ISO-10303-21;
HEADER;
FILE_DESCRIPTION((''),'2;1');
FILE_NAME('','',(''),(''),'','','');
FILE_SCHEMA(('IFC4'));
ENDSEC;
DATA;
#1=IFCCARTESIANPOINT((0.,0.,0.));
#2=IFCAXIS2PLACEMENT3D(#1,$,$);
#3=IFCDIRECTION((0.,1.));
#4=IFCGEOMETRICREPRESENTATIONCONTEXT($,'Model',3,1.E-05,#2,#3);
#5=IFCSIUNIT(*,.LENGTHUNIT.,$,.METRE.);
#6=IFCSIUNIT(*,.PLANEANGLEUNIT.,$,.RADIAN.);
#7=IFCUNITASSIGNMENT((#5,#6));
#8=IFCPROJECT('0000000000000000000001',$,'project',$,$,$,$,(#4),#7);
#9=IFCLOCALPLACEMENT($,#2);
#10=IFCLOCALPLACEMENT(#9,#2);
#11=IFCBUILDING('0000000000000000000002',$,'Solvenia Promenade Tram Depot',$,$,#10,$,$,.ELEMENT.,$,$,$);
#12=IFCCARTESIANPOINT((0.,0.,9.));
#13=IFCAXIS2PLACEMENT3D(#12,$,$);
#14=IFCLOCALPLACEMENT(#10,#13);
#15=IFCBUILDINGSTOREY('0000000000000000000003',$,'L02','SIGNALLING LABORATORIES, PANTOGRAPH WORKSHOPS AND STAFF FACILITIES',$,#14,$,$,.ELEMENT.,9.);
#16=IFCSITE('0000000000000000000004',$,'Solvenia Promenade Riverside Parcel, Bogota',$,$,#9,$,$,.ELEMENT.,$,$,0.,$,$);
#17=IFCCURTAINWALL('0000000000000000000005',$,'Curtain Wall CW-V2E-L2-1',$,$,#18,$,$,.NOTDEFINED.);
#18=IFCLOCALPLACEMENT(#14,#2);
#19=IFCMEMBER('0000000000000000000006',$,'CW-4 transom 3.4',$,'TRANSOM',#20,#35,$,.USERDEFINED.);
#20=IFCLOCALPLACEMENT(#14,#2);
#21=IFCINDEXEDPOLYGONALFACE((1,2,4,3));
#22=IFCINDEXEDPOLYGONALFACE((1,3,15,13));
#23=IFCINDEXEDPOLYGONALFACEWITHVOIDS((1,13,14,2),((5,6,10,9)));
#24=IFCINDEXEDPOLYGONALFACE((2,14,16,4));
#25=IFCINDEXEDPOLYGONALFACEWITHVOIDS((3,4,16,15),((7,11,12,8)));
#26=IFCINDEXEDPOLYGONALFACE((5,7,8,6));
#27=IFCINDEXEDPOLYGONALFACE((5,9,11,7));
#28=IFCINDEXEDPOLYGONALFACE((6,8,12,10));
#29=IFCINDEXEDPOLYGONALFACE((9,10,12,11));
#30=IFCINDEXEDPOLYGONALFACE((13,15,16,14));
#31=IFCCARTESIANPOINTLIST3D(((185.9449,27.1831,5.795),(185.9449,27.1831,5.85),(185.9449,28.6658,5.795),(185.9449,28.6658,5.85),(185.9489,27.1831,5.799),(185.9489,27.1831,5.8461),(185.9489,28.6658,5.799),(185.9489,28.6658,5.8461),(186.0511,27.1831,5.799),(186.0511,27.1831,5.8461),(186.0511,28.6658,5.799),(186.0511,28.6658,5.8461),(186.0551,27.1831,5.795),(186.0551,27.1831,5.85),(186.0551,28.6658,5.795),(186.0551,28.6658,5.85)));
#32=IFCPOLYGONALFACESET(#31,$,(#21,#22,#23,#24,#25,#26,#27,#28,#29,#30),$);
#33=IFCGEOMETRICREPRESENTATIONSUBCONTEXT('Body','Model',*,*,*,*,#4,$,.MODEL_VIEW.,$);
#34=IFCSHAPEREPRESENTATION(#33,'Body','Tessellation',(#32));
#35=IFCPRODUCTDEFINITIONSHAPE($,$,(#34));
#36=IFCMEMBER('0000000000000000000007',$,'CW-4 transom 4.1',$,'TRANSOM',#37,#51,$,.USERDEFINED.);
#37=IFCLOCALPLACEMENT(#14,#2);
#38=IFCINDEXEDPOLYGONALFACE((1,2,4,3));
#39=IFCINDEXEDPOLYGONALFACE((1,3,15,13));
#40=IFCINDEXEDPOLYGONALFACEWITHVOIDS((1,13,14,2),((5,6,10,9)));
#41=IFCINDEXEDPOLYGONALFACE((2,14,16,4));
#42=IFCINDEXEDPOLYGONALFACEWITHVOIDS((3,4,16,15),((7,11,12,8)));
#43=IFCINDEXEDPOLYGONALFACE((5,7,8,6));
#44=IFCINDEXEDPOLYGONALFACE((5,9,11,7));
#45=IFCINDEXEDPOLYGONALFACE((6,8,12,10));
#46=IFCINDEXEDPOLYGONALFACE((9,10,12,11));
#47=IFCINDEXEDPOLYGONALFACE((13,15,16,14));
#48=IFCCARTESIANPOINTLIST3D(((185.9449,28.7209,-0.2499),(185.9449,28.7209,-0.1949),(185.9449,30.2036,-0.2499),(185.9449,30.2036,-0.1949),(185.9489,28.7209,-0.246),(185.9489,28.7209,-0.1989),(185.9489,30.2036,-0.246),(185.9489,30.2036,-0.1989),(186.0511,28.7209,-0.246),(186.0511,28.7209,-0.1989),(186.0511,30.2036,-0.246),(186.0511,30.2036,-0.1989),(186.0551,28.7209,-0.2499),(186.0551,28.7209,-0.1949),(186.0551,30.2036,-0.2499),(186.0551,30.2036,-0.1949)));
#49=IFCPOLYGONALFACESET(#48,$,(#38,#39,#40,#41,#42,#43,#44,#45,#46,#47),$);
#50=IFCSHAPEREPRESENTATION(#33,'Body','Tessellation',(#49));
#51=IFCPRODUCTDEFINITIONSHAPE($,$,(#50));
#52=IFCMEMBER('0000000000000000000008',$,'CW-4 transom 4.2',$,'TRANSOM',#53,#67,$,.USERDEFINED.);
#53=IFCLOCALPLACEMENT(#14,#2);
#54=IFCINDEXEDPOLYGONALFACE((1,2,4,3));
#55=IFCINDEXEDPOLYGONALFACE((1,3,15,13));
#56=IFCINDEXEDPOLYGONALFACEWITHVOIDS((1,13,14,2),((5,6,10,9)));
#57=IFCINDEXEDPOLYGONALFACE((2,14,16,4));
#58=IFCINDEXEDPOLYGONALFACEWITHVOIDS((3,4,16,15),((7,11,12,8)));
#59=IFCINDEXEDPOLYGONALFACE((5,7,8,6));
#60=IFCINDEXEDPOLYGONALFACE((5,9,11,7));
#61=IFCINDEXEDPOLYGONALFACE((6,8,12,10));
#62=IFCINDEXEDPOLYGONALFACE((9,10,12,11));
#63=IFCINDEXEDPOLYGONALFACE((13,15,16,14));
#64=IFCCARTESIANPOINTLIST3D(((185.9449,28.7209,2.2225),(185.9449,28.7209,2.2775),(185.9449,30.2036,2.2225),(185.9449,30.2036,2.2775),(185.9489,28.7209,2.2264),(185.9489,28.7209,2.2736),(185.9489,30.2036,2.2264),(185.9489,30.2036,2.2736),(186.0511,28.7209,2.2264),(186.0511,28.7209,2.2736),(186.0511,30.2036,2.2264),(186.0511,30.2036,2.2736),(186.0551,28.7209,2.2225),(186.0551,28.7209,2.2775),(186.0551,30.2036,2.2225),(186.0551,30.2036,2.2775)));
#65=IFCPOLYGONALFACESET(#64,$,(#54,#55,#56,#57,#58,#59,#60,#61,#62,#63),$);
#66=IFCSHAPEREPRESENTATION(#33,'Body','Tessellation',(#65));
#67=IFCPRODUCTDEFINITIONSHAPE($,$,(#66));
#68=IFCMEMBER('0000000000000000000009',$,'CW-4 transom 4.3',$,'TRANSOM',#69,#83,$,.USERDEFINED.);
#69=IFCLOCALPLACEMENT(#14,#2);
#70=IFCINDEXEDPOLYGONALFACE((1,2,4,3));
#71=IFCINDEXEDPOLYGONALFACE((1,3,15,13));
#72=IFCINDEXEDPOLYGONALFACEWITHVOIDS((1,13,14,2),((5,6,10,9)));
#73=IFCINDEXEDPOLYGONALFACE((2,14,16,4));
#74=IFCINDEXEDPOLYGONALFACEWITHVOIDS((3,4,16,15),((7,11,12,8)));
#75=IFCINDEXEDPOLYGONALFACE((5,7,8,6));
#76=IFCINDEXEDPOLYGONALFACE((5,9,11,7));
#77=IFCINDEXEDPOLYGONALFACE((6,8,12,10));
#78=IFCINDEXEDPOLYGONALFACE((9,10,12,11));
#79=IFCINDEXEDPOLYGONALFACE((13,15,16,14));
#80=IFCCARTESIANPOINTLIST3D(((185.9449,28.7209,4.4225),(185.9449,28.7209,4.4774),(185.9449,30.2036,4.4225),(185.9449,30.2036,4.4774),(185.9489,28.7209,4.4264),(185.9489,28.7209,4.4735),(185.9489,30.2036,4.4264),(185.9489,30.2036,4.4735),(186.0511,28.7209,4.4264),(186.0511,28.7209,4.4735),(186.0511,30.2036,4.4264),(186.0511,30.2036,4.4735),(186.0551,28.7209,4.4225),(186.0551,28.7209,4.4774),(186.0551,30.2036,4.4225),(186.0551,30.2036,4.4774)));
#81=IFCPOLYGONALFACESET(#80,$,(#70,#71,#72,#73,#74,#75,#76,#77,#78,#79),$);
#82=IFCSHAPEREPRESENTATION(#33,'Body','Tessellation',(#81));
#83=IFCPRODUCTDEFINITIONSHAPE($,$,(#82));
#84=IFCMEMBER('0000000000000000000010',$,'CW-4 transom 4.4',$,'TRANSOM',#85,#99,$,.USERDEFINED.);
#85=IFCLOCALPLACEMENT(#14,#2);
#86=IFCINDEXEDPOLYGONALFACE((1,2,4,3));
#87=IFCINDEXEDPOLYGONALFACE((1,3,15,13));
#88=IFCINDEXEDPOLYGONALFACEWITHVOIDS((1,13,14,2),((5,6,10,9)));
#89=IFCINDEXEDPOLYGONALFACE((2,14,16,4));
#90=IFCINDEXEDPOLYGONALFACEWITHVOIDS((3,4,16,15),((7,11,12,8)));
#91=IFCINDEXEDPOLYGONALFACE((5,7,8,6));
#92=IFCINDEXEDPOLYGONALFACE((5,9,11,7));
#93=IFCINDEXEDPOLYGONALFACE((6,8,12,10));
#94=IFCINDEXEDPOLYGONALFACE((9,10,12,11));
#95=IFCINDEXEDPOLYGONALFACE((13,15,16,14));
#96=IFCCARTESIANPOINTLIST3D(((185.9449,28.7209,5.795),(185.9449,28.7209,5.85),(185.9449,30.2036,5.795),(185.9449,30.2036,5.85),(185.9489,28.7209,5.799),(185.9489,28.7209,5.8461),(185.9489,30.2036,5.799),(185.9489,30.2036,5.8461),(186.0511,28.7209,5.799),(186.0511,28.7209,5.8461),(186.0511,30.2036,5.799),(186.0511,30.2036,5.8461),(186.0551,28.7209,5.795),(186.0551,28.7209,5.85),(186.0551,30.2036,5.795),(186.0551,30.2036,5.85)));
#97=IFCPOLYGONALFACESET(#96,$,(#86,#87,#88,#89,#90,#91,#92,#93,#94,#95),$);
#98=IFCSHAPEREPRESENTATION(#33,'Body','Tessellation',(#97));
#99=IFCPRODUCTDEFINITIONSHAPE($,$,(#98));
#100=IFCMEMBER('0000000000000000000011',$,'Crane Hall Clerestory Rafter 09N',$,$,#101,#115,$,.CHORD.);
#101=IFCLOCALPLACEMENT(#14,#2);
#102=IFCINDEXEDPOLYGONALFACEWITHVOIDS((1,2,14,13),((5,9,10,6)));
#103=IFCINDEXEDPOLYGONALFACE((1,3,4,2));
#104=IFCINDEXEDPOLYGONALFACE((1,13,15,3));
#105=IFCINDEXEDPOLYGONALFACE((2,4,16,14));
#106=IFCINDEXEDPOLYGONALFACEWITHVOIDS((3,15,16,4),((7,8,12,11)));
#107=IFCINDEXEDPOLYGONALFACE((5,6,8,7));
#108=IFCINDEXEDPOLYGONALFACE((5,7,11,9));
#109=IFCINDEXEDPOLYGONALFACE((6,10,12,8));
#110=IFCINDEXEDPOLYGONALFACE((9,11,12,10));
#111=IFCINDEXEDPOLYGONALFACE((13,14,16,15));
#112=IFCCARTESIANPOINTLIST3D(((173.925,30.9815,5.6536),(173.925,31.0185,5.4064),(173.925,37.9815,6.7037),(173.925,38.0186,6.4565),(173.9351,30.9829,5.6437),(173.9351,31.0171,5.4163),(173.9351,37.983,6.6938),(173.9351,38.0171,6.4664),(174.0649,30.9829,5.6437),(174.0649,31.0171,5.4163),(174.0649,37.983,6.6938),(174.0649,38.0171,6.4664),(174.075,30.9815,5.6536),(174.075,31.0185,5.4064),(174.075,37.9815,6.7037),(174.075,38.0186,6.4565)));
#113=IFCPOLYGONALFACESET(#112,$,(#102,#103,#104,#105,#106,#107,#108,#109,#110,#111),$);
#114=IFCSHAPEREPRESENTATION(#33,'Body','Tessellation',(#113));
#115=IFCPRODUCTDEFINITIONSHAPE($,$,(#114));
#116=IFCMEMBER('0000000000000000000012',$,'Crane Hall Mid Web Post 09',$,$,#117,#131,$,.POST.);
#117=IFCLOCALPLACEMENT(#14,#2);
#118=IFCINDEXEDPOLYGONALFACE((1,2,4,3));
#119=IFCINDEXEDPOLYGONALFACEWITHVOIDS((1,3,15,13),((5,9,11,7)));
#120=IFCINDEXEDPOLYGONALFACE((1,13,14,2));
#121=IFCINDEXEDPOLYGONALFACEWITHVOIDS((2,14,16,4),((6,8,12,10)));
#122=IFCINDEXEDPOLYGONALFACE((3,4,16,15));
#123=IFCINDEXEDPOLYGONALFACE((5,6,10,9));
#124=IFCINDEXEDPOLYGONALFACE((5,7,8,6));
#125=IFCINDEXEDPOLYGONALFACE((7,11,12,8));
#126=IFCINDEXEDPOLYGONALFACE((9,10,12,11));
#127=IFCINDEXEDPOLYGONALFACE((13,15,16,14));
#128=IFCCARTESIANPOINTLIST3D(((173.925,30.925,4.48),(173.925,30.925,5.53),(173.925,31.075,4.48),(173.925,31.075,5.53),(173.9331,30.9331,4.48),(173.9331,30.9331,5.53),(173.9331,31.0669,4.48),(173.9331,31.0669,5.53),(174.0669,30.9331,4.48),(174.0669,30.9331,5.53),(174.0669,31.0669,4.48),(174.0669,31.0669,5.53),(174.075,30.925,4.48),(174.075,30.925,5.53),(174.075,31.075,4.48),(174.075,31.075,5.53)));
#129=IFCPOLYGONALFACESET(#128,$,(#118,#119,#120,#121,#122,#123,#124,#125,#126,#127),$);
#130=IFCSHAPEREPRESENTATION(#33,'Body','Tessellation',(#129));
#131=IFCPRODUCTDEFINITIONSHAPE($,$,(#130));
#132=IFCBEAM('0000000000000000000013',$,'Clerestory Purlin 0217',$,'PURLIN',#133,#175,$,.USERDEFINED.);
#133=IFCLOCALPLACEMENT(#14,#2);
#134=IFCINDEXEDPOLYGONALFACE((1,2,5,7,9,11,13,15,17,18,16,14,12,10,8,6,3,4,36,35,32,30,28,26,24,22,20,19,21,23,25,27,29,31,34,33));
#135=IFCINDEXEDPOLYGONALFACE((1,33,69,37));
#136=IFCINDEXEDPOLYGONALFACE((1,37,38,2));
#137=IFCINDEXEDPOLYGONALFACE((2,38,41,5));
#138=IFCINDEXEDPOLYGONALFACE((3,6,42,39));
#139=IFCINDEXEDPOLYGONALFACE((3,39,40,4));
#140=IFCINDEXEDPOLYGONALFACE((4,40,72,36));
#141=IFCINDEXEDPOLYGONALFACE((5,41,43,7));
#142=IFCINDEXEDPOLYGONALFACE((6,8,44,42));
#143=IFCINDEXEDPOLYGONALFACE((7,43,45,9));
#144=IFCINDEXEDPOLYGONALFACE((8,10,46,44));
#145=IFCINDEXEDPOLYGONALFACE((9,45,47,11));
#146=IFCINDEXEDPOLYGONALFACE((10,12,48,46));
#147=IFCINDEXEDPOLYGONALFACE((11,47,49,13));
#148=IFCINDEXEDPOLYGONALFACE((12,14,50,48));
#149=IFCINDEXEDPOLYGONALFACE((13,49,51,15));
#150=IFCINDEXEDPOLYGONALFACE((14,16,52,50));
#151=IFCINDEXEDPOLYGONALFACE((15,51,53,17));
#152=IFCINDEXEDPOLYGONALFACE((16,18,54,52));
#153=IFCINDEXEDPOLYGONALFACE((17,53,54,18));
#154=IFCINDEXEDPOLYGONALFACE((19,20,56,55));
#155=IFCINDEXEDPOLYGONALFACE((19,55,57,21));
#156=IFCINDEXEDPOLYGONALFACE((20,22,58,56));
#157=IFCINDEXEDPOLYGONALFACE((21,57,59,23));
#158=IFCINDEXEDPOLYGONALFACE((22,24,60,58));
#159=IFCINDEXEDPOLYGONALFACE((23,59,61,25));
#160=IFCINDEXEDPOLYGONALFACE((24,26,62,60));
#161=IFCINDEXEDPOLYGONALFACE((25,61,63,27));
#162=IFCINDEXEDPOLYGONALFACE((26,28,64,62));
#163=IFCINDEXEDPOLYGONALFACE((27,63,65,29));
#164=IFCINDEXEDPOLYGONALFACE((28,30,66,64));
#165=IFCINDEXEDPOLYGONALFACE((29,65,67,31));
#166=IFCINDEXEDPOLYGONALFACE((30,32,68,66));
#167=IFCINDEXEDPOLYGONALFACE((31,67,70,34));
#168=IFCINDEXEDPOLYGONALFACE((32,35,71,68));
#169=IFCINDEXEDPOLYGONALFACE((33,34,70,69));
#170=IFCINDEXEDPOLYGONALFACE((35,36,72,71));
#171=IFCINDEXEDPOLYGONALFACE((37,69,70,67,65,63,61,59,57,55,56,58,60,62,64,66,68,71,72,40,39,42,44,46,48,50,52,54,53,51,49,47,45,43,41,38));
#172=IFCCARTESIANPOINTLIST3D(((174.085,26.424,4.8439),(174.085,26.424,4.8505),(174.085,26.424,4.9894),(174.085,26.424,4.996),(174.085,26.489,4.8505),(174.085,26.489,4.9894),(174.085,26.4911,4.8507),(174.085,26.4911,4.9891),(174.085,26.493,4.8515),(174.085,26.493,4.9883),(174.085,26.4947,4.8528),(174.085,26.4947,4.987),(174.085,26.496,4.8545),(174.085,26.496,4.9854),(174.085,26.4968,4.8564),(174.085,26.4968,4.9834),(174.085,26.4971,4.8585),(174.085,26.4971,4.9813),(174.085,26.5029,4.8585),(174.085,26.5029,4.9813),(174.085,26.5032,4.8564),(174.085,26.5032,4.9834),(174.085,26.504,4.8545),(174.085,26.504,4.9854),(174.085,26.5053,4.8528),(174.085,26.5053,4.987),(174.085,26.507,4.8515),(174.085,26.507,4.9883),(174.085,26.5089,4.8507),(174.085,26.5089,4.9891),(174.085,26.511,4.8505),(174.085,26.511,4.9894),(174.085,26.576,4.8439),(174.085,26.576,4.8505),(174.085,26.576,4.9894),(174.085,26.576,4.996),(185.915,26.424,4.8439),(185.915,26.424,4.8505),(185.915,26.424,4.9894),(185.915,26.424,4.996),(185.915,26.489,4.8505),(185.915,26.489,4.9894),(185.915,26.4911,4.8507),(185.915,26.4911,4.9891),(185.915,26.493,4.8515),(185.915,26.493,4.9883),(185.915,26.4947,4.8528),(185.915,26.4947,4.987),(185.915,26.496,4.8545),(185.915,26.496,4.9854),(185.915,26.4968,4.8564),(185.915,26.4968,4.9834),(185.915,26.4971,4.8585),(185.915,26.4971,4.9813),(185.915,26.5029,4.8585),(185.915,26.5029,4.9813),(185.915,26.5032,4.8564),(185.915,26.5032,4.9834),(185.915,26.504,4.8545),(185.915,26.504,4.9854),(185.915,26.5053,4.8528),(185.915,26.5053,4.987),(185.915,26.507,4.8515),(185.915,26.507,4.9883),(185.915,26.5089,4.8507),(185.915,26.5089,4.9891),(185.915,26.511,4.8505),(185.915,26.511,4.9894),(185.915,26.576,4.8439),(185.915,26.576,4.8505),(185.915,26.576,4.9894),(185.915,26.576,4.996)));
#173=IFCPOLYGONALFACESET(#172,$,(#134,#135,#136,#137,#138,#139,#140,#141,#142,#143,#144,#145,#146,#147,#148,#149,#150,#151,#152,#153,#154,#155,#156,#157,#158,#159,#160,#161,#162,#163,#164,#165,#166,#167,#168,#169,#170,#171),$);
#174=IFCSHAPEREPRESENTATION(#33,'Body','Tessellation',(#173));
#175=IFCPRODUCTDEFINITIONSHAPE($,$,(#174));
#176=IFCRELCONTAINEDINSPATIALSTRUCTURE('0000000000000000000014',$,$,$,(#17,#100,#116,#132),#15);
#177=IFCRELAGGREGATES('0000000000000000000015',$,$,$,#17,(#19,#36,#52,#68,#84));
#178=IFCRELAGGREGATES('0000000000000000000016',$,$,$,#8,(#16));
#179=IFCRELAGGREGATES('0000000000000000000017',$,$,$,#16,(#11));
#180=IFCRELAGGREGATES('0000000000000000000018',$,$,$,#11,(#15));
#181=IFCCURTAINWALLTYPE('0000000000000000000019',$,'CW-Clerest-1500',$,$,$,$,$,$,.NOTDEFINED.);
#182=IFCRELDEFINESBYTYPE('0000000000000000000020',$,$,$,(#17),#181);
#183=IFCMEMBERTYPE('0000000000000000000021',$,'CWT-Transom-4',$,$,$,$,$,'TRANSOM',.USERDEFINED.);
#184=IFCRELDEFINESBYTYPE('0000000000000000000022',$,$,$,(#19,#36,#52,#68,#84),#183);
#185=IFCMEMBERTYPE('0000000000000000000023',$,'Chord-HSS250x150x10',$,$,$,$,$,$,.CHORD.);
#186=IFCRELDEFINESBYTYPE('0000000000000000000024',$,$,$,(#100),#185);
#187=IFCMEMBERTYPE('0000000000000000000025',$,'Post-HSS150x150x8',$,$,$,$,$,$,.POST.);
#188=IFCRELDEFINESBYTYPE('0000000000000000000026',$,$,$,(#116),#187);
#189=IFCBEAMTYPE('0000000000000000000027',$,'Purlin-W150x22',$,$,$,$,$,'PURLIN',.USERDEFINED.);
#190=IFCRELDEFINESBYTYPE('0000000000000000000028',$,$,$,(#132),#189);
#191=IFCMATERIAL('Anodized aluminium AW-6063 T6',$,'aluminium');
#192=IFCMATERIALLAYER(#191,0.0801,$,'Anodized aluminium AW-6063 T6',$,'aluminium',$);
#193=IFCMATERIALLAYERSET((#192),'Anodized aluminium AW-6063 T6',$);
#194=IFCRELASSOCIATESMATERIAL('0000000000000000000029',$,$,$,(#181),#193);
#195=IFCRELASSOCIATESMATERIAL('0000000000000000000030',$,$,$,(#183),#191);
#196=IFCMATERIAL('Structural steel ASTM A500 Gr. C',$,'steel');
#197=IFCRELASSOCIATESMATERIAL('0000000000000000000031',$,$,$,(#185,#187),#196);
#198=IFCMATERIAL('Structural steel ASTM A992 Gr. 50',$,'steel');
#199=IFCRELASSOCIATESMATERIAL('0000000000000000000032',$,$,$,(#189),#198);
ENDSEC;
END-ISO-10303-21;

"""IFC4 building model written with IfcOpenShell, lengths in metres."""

from ifc_helpers import new_model, si_unit, direction, frame, origin, origin_2d, place, context, subcontext, project, spatial, hollow_rectangle, i_section, extrude, material, layer, layer_set, material_profile, profile_set, type_object, element, aggregate, save


model = new_model("IFC4")

# Units and contexts
model_context = context("Model", 3, precision=1e-05, world=origin(), true_north=direction((0.0, 1.0)))
body_context = subcontext(model_context, "Body", "Model", "MODEL_VIEW")
ifc_project = project(units=[si_unit("LENGTHUNIT", "METRE"), si_unit("PLANEANGLEUNIT", "RADIAN")], contexts=[model_context])

# Site, building, storey
site_placement = place(None, origin())
site = spatial("IfcSite", under=ifc_project, at=site_placement, Name="Solvenia Promenade Riverside Parcel, Bogota", CompositionType="ELEMENT", RefElevation=0.0)
building_placement = place(site_placement, origin())
building = spatial("IfcBuilding", under=site, at=building_placement, Name="Solvenia Promenade Tram Depot", CompositionType="ELEMENT")
storey_placement = place(building_placement, frame((0.0, 0.0, 9.0)))
storey = spatial("IfcBuildingStorey", under=building, at=storey_placement, Name="L02", Description="SIGNALLING LABORATORIES, PANTOGRAPH WORKSHOPS AND STAFF FACILITIES", CompositionType="ELEMENT", Elevation=9.0)

# Curtain wall, members
ifc_material_1 = material(Name="Anodized aluminium AW-6063 T6", Category="aluminium")
ifc_layer_1 = layer(ifc_material_1, 0.0801, Name="Anodized aluminium AW-6063 T6", Category="aluminium")
ifc_layer_set_1 = layer_set([ifc_layer_1], Name="Anodized aluminium AW-6063 T6")
curtain_wall_type = type_object("IfcCurtainWallType", Name="CW-Clerest-1500", PredefinedType="NOTDEFINED", material=ifc_layer_set_1)
curtain_wall_placement = place(storey_placement, origin())
curtain_wall = element("IfcCurtainWall", 1, at=curtain_wall_placement, inside=storey, type_object=curtain_wall_type, Name="Curtain Wall CW-V2E-L2-1", PredefinedType="NOTDEFINED")
ifc_material_profile_1 = material_profile(ifc_material_1, hollow_rectangle(XDim=0.1101, YDim=0.0549, WallThickness=0.0039, at=origin_2d()), Name="ALU-T4", Category="aluminium")
ifc_profile_set_1 = profile_set([ifc_material_profile_1], Name="Anodized aluminium AW-6063 T6")
member_type_1 = type_object("IfcMemberType", Name="CWT-Transom-4", ElementType="TRANSOM", PredefinedType="USERDEFINED", material=ifc_profile_set_1)
member_1_placement = place(storey_placement, frame((186.0, 27.1831, 5.8225), z_axis=(0.0, 1.0, 0.0), x_axis=(-1.0, 0.0, 0.0)))
member_1 = element("IfcMember", 2, at=member_1_placement, type_object=member_type_1, Name="CW-4 transom 3.4", ObjectType="TRANSOM", PredefinedType="USERDEFINED", context=body_context, shape_type="SweptSolid", body=[
    extrude(hollow_rectangle(XDim=0.1101, YDim=0.0549, WallThickness=0.0039, at=origin_2d()), origin(), (0.0, 0.0, 1.0), 1.4827),
])
member_2_placement = place(storey_placement, frame((186.0, 28.7209, -0.2224), z_axis=(0.0, 1.0, 0.0), x_axis=(-1.0, 0.0, 0.0)))
member_2 = element("IfcMember", 3, at=member_2_placement, type_object=member_type_1, Name="CW-4 transom 4.1", ObjectType="TRANSOM", PredefinedType="USERDEFINED", context=body_context, shape_type="SweptSolid", body=[
    extrude(hollow_rectangle(XDim=0.1101, YDim=0.0549, WallThickness=0.0039, at=origin_2d()), origin(), (0.0, 0.0, 1.0), 1.4827),
])
member_3_placement = place(storey_placement, frame((186.0, 28.7209, 2.25), z_axis=(0.0, 1.0, 0.0), x_axis=(-1.0, 0.0, 0.0)))
member_3 = element("IfcMember", 4, at=member_3_placement, type_object=member_type_1, Name="CW-4 transom 4.2", ObjectType="TRANSOM", PredefinedType="USERDEFINED", context=body_context, shape_type="SweptSolid", body=[
    extrude(hollow_rectangle(XDim=0.1101, YDim=0.0549, WallThickness=0.0039, at=origin_2d()), origin(), (0.0, 0.0, 1.0), 1.4827),
])
member_4_placement = place(storey_placement, frame((186.0, 28.7209, 4.45), z_axis=(0.0, 1.0, 0.0), x_axis=(-1.0, 0.0, 0.0)))
member_4 = element("IfcMember", 5, at=member_4_placement, type_object=member_type_1, Name="CW-4 transom 4.3", ObjectType="TRANSOM", PredefinedType="USERDEFINED", context=body_context, shape_type="SweptSolid", body=[
    extrude(hollow_rectangle(XDim=0.1101, YDim=0.0549, WallThickness=0.0039, at=origin_2d()), origin(), (0.0, 0.0, 1.0), 1.4827),
])
member_5_placement = place(storey_placement, frame((186.0, 28.7209, 5.8225), z_axis=(0.0, 1.0, 0.0), x_axis=(-1.0, 0.0, 0.0)))
member_5 = element("IfcMember", 6, at=member_5_placement, type_object=member_type_1, Name="CW-4 transom 4.4", ObjectType="TRANSOM", PredefinedType="USERDEFINED", context=body_context, shape_type="SweptSolid", body=[
    extrude(hollow_rectangle(XDim=0.1101, YDim=0.0549, WallThickness=0.0039, at=origin_2d()), origin(), (0.0, 0.0, 1.0), 1.4827),
])

# Members
ifc_material_2 = material(Name="Structural steel ASTM A500 Gr. C", Category="steel")
ifc_material_profile_2 = material_profile(ifc_material_2, hollow_rectangle(XDim=0.1499, YDim=0.25, WallThickness=0.01, at=origin_2d()), Name="HSS250x150x10", Category="steel")
ifc_profile_set_2 = profile_set([ifc_material_profile_2], Name="Structural steel ASTM A500 Gr. C")
member_type_2 = type_object("IfcMemberType", Name="Chord-HSS250x150x10", PredefinedType="CHORD", material=ifc_profile_set_2)
member_6_placement = place(storey_placement, frame((174.0, 31.0, 5.53), z_axis=(0.0, 0.988935, 0.148347), x_axis=(-1.0, 0.0, 0.0)))
element("IfcMember", 7, at=member_6_placement, inside=storey, type_object=member_type_2, Name="Crane Hall Clerestory Rafter 09N", PredefinedType="CHORD", context=body_context, shape_type="SweptSolid", body=[
    extrude(hollow_rectangle(XDim=0.1499, YDim=0.25, WallThickness=0.01, at=origin_2d()), origin(), (0.0, 0.0, 1.0), 7.0784),
])
ifc_material_profile_3 = material_profile(ifc_material_2, hollow_rectangle(XDim=0.1499, YDim=0.1499, WallThickness=0.0081, at=origin_2d()), Name="HSS150x150x8", Category="steel")
ifc_profile_set_3 = profile_set([ifc_material_profile_3], Name="Structural steel ASTM A500 Gr. C")
member_type_3 = type_object("IfcMemberType", Name="Post-HSS150x150x8", PredefinedType="POST", material=ifc_profile_set_3)
member_7_placement = place(storey_placement, frame((174.0, 31.0, 4.48), z_axis=(0.0, 0.0, 1.0), x_axis=(1.0, 0.0, 0.0)))
element("IfcMember", 8, at=member_7_placement, inside=storey, type_object=member_type_3, Name="Crane Hall Mid Web Post 09", PredefinedType="POST", context=body_context, shape_type="SweptSolid", body=[
    extrude(hollow_rectangle(XDim=0.1499, YDim=0.1499, WallThickness=0.0081, at=origin_2d()), origin(), (0.0, 0.0, 1.0), 1.05),
])

# Beam
ifc_material_3 = material(Name="Structural steel ASTM A992 Gr. 50", Category="steel")
ifc_material_profile_4 = material_profile(ifc_material_3, i_section(OverallWidth=0.1521, OverallDepth=0.1521, WebThickness=0.0059, FlangeThickness=0.0066, FilletRadius=0.0081, at=origin_2d()), Name="W150x22", Category="steel")
ifc_profile_set_4 = profile_set([ifc_material_profile_4], Name="Structural steel ASTM A992 Gr. 50")
beam_type = type_object("IfcBeamType", Name="Purlin-W150x22", ElementType="PURLIN", PredefinedType="USERDEFINED", material=ifc_profile_set_4)
for number, where, z_axis, x_axis, name in (
    (9, (174.085, 26.5, 4.9199), (1.0, 0.0, 0.0), (0.0, 1.0, 0.0), "Clerestory Purlin 0217"),
):
    element("IfcBeam", number, at=place(storey_placement, frame(where, z_axis=z_axis, x_axis=x_axis)), inside=storey, type_object=beam_type, Name=name, ObjectType="PURLIN", PredefinedType="USERDEFINED", context=body_context, shape_type="SweptSolid", body=[
        extrude(i_section(OverallWidth=0.1521, OverallDepth=0.1521, WebThickness=0.0059, FlangeThickness=0.0066, FilletRadius=0.0081, at=origin_2d()), origin(), (0.0, 0.0, 1.0), 11.8301),
    ])

aggregate(curtain_wall, [member_1, member_2, member_3, member_4, member_5])

save(model, "model.ifc")
